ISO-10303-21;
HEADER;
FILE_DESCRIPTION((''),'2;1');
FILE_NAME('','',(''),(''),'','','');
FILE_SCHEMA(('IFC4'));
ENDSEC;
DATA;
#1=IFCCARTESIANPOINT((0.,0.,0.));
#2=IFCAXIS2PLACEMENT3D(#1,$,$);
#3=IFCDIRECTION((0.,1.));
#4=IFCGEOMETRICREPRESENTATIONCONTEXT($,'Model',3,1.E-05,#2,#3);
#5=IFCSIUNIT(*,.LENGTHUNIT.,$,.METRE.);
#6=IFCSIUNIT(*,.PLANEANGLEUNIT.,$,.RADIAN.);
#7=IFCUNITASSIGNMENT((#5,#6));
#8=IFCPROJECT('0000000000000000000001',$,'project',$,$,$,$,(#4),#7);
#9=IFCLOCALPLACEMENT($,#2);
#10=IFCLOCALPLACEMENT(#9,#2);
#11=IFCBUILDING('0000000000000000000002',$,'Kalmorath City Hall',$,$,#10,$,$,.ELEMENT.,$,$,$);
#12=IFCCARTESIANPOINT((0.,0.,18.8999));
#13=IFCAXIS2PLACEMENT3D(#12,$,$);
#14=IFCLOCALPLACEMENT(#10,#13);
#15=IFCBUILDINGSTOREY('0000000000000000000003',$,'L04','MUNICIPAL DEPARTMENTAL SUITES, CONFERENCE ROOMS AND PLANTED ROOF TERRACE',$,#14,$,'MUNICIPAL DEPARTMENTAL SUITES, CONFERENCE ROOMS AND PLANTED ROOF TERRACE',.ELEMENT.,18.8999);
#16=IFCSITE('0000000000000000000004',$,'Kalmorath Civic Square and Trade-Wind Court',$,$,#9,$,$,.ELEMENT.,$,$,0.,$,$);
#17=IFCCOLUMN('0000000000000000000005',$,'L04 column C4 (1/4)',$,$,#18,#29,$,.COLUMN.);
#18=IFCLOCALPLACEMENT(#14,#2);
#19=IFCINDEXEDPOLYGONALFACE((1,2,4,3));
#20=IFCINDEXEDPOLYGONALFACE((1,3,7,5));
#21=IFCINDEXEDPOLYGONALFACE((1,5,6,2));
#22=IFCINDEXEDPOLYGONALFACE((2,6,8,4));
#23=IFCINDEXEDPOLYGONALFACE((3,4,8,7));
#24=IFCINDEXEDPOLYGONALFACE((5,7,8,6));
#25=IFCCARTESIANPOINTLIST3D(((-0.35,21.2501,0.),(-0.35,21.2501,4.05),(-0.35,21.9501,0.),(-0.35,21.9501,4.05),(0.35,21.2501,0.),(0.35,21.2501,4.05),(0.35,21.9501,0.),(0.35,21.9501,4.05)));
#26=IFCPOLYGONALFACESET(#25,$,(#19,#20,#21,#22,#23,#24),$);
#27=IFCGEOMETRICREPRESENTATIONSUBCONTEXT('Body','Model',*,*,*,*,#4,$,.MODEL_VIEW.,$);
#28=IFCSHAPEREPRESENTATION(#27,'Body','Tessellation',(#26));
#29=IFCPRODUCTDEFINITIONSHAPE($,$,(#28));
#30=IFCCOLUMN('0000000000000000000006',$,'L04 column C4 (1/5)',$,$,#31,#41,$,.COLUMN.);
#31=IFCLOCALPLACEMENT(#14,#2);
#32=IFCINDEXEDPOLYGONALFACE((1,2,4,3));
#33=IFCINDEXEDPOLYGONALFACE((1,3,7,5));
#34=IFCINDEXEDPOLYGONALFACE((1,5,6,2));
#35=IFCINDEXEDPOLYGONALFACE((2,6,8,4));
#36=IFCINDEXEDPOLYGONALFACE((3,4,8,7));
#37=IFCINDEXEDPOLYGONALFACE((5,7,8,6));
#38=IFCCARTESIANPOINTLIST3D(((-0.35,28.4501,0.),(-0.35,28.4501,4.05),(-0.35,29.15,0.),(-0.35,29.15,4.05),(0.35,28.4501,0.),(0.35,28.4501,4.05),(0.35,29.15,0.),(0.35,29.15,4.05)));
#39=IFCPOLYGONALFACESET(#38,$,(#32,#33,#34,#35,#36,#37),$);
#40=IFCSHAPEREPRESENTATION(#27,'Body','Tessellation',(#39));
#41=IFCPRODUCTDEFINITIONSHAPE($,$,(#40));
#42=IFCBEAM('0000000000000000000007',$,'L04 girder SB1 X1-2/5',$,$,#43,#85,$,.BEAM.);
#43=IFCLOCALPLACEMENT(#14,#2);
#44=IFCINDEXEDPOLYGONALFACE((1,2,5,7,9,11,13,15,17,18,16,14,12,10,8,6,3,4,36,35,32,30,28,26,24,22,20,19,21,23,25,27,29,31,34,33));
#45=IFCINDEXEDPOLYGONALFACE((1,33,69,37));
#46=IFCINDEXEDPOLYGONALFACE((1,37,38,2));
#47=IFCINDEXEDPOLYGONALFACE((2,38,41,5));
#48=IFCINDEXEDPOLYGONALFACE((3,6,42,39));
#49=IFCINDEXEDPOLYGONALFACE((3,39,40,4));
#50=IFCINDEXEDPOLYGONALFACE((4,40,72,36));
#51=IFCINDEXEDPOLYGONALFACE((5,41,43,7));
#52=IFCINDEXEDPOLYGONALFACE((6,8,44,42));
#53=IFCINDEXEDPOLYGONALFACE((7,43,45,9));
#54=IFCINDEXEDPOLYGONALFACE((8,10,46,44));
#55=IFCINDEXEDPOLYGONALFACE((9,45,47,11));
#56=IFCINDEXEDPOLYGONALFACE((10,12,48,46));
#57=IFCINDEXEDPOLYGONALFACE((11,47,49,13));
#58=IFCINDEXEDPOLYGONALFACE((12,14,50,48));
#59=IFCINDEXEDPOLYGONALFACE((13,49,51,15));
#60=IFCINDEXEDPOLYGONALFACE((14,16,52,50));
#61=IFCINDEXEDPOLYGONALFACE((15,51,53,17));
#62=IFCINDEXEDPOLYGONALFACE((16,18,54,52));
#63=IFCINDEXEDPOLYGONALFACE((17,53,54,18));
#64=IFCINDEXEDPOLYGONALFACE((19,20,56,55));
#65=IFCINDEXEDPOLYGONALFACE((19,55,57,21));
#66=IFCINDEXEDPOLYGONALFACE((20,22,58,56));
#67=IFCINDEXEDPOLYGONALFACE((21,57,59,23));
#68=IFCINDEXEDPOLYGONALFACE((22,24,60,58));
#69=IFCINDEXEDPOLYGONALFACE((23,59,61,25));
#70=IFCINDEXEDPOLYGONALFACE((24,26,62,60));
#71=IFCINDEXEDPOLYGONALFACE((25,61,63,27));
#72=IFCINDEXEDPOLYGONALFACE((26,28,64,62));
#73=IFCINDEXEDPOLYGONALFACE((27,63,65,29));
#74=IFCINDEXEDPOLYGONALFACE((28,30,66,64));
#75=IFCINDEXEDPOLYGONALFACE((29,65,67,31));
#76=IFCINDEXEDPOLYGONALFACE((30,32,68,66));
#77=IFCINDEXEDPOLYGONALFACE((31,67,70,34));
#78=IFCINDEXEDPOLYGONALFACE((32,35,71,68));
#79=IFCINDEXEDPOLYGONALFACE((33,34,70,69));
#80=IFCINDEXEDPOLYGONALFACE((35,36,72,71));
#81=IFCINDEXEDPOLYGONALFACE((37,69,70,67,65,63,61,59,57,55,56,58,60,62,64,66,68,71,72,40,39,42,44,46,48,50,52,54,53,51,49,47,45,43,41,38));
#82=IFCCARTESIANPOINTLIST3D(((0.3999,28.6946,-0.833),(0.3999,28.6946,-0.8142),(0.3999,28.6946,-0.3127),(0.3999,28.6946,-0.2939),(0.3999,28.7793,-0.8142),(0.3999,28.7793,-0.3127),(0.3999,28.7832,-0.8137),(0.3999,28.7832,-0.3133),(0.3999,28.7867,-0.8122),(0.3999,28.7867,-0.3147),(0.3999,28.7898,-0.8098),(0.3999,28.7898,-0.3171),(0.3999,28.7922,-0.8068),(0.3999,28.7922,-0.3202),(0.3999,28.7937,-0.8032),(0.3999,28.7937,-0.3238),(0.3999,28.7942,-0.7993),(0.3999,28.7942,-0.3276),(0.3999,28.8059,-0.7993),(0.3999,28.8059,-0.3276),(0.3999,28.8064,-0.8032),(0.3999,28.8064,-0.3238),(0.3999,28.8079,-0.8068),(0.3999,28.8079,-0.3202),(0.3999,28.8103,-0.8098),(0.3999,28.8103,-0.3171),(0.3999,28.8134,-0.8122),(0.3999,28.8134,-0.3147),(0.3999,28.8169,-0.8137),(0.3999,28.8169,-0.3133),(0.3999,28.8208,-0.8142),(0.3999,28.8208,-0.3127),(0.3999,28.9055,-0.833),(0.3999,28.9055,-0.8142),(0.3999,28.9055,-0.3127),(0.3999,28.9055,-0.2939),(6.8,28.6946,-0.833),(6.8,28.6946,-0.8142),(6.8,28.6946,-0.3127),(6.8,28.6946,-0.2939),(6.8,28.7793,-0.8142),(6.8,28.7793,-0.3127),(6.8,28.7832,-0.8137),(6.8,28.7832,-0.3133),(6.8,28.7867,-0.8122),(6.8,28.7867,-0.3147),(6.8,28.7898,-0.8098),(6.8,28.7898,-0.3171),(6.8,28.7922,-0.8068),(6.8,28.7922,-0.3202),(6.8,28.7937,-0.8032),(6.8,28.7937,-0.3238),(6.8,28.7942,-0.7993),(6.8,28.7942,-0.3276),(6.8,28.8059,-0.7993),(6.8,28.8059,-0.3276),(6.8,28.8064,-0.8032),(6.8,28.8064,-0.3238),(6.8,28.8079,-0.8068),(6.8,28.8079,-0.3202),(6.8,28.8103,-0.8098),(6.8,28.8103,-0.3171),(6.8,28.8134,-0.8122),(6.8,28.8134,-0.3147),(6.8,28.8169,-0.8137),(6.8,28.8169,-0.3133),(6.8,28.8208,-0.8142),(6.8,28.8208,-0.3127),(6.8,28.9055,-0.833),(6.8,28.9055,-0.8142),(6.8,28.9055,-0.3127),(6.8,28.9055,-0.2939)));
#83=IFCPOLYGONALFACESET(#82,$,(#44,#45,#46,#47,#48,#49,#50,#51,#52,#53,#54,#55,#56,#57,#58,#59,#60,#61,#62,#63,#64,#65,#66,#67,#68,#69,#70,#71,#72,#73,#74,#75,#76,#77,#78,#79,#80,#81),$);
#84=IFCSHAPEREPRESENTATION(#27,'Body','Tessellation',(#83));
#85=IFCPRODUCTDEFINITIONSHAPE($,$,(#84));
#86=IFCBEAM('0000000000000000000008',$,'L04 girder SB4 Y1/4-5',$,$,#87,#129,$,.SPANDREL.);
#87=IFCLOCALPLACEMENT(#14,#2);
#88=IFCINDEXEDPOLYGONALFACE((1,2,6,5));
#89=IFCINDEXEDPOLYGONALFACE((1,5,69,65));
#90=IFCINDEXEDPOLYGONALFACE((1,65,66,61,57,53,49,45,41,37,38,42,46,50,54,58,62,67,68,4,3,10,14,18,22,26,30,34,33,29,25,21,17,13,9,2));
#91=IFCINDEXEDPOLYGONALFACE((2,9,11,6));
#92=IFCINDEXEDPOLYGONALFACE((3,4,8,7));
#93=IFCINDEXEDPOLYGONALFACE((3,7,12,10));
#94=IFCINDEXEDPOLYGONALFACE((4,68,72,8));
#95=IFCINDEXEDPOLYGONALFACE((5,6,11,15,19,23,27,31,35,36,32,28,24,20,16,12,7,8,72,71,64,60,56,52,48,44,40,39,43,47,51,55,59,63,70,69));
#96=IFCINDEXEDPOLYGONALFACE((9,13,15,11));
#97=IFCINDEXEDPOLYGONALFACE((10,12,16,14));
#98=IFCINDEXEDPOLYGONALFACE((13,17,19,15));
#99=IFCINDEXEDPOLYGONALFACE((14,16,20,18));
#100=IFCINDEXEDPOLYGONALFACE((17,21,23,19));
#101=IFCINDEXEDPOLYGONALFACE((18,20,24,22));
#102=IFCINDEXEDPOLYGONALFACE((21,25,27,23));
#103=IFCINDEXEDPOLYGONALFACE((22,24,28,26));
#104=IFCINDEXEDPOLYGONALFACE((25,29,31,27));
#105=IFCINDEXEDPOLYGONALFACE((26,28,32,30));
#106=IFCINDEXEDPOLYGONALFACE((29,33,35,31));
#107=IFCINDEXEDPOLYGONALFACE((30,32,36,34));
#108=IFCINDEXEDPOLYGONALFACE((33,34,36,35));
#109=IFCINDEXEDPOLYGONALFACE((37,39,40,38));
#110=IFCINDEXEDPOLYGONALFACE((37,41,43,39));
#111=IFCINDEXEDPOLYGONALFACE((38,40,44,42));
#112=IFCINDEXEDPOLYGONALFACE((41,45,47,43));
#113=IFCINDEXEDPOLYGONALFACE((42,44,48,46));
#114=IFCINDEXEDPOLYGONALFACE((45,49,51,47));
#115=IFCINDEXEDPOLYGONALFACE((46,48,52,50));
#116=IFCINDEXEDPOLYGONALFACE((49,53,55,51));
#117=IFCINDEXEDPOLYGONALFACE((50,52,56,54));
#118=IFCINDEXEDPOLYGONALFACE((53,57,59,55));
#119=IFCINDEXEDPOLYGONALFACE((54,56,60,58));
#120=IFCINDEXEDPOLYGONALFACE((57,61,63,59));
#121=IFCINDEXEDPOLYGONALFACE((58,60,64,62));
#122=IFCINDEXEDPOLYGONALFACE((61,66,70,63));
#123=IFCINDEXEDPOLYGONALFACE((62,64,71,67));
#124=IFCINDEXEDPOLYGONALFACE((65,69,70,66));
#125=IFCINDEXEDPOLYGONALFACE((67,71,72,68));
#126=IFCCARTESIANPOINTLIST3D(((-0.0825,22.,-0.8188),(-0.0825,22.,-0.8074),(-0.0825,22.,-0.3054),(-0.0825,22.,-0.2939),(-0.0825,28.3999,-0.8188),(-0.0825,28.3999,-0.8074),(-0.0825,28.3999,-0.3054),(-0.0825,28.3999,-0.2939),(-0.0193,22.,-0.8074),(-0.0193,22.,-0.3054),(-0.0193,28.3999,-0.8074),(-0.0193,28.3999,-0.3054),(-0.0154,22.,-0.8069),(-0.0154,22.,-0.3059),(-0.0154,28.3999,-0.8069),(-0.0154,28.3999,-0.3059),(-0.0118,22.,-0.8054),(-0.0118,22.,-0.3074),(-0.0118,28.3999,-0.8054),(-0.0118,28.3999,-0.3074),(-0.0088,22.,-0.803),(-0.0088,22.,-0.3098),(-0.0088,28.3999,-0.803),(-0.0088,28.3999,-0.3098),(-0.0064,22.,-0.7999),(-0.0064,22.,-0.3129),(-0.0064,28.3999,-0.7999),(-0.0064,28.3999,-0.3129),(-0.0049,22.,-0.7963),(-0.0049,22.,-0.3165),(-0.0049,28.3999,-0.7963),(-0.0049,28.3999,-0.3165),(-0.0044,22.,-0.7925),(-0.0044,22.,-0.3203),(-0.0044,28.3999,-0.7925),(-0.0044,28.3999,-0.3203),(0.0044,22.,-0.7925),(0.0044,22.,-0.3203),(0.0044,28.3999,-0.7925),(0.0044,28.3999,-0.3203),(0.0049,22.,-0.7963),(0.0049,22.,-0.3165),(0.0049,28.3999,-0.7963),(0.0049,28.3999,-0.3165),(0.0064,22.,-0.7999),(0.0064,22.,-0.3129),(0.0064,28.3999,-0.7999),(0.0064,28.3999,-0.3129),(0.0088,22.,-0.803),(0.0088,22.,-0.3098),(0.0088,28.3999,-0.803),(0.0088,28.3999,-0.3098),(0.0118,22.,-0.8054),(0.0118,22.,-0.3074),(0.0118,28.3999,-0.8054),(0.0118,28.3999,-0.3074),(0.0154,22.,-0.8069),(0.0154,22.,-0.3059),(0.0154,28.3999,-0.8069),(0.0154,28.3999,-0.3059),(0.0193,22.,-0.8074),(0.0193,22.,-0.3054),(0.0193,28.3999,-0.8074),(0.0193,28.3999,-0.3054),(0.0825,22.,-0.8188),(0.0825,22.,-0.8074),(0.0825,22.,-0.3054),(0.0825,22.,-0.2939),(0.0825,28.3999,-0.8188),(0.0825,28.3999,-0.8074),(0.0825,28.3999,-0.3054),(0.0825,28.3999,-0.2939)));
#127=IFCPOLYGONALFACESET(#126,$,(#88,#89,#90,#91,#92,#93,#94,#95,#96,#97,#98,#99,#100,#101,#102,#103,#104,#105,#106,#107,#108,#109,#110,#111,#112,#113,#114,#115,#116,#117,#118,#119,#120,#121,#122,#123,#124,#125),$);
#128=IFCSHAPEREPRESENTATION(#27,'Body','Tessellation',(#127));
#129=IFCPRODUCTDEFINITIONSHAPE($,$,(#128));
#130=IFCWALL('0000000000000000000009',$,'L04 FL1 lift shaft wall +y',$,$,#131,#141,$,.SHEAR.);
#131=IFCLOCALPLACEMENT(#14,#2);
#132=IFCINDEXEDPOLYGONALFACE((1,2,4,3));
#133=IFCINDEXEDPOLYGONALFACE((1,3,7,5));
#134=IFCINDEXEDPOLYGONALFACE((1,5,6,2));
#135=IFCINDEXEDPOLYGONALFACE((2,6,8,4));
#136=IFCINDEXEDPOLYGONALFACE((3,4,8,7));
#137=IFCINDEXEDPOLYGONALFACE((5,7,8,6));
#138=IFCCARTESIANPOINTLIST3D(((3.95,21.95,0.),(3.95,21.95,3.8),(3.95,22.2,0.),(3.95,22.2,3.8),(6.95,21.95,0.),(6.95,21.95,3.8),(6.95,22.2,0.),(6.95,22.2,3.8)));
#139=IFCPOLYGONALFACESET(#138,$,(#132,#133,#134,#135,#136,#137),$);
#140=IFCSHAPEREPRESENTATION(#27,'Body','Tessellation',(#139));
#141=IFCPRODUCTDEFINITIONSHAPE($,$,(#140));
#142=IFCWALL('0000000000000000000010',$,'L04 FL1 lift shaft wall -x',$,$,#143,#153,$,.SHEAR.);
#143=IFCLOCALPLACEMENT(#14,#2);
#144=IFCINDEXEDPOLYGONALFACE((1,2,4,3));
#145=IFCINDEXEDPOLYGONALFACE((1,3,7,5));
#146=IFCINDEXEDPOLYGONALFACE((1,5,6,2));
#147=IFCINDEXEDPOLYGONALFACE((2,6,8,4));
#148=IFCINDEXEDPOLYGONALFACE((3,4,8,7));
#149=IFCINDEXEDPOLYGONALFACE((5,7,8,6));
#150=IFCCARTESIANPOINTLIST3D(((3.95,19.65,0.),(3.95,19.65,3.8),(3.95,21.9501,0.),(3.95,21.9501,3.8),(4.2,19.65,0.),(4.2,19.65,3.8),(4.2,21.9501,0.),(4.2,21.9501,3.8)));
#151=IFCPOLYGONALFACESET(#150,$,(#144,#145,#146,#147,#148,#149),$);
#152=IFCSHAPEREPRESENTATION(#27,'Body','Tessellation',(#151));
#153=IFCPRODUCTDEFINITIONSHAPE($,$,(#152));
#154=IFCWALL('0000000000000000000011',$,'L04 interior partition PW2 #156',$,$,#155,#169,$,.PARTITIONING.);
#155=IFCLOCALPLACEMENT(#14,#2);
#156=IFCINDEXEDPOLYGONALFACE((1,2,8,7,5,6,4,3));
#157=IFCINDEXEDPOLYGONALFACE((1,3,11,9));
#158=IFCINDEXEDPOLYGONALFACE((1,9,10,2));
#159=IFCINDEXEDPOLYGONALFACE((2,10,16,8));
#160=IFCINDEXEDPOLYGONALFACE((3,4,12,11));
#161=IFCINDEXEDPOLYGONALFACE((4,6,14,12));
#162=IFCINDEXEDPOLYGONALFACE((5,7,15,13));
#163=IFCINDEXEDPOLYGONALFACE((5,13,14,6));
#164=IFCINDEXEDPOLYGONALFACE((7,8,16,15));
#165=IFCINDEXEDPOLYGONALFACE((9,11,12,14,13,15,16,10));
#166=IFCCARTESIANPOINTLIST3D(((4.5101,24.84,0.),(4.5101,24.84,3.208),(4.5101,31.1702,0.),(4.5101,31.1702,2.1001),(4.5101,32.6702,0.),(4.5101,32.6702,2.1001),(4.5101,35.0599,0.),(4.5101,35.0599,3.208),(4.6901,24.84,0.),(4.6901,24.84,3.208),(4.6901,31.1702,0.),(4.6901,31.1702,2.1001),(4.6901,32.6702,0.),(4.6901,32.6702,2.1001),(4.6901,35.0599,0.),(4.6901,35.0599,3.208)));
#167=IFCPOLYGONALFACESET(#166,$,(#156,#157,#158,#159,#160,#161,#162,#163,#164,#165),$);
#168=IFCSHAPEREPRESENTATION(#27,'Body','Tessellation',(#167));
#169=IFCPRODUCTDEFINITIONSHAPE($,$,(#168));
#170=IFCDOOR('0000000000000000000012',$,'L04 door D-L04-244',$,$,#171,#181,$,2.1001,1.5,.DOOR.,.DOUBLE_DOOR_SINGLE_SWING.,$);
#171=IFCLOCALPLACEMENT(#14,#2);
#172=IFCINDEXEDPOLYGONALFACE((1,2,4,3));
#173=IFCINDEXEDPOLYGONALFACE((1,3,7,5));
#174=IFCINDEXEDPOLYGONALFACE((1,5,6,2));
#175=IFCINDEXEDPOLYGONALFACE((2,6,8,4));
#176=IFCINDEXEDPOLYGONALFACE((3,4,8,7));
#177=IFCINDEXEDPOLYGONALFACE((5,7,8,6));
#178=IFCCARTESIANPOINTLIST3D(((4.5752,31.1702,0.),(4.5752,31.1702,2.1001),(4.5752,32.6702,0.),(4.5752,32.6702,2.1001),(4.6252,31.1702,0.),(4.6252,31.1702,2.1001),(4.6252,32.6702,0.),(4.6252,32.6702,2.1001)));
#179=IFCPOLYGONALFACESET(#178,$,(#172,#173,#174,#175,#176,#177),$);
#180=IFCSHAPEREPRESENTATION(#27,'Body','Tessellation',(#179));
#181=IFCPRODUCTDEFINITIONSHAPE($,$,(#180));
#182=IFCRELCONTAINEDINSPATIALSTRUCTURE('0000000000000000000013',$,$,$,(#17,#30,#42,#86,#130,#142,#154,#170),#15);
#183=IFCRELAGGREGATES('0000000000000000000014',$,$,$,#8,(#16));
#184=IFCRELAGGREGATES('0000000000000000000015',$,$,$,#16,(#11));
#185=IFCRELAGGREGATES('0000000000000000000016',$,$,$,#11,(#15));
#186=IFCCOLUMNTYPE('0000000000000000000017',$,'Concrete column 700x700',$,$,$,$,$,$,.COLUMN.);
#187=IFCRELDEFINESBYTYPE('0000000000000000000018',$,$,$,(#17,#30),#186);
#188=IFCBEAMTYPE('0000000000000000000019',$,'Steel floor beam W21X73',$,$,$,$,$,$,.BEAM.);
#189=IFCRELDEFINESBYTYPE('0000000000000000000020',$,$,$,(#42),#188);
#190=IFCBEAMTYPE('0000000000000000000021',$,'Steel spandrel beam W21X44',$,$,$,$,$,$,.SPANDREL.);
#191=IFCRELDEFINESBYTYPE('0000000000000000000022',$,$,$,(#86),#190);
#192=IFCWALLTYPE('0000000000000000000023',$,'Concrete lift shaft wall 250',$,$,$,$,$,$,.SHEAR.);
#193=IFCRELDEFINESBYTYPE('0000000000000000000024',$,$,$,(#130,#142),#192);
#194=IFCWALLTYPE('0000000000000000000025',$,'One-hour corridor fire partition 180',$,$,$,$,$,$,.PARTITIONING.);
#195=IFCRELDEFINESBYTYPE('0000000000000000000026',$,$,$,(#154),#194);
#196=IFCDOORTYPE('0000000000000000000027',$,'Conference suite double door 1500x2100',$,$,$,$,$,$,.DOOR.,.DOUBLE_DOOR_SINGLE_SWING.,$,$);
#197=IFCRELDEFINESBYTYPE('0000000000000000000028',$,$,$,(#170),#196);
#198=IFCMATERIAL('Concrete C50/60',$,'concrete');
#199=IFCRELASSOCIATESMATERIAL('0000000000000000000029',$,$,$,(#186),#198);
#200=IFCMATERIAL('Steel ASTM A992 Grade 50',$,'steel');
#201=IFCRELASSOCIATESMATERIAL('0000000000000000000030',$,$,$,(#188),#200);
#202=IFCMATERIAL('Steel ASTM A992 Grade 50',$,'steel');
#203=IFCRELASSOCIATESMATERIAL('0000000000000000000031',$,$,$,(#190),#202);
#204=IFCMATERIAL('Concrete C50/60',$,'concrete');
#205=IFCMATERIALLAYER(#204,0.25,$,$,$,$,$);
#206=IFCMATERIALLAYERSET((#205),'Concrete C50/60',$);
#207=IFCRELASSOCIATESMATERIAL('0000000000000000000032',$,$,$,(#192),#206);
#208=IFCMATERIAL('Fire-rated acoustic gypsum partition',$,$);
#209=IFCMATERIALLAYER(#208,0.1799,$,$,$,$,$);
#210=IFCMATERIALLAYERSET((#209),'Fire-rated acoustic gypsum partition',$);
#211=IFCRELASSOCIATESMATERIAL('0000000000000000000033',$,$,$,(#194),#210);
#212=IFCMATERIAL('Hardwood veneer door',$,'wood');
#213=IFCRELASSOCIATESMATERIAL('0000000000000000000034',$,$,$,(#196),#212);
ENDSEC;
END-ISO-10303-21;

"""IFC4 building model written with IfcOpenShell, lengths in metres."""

from ifc_helpers import new_model, si_unit, direction, frame, frame_2d, origin, origin_2d, place, context, subcontext, project, spatial, rectangle, i_section, extrude, material, layer, layer_set, material_profile, profile_set, type_object, element, fill, save


model = new_model("IFC4")

# Units and contexts
model_context = context("Model", 3, precision=1e-05, world=origin(), true_north=direction((0.0, 1.0)))
body_context = subcontext(model_context, "Body", "Model", "MODEL_VIEW")
ifc_project = project(units=[si_unit("LENGTHUNIT", "METRE"), si_unit("PLANEANGLEUNIT", "RADIAN")], contexts=[model_context])

# Site, building, storey
site_placement = place(None, origin())
site = spatial("IfcSite", under=ifc_project, at=site_placement, Name="Kalmorath Civic Square and Trade-Wind Court", CompositionType="ELEMENT", RefElevation=0.0)
building_placement = place(site_placement, origin())
building = spatial("IfcBuilding", under=site, at=building_placement, Name="Kalmorath City Hall", CompositionType="ELEMENT")
storey_placement = place(building_placement, frame((0.0, 0.0, 18.8999)))
storey = spatial("IfcBuildingStorey", under=building, at=storey_placement, Name="L04", Description="MUNICIPAL DEPARTMENTAL SUITES, CONFERENCE ROOMS AND PLANTED ROOF TERRACE", LongName="MUNICIPAL DEPARTMENTAL SUITES, CONFERENCE ROOMS AND PLANTED ROOF TERRACE", CompositionType="ELEMENT", Elevation=18.8999)

# Columns
ifc_material_1 = material(Name="Concrete C50/60", Category="concrete")
ifc_material_profile_1 = material_profile(ifc_material_1, rectangle(XDim=0.7, YDim=0.7, at=origin_2d()), Name="RC-COL-700X700")
ifc_profile_set_1 = profile_set([ifc_material_profile_1], Name="Concrete C50/60")
column_type = type_object("IfcColumnType", Name="Concrete column 700x700", PredefinedType="COLUMN", material=ifc_profile_set_1)
for number, where, z_axis, x_axis, name in (
    (1, (0.0, 21.6001, 0.0), (0.0, 0.0, 1.0), (1.0, 0.0, 0.0), "L04 column C4 (1/4)"),
    (2, (0.0, 28.8, 0.0), (0.0, 0.0, 1.0), (1.0, 0.0, 0.0), "L04 column C4 (1/5)"),
):
    element("IfcColumn", number, at=place(storey_placement, frame(where, z_axis=z_axis, x_axis=x_axis)), inside=storey, type_object=column_type, Name=name, PredefinedType="COLUMN", context=body_context, shape_type="SweptSolid", body=[
        extrude(rectangle(XDim=0.7, YDim=0.7, at=origin_2d()), origin(), (0.0, 0.0, 1.0), 4.05),
    ])

# Beams
ifc_material_2 = material(Name="Steel ASTM A992 Grade 50", Category="steel")
ifc_material_profile_2 = material_profile(ifc_material_2, i_section(OverallWidth=0.2109, OverallDepth=0.5391, WebThickness=0.0117, FlangeThickness=0.0188, FilletRadius=0.0149, at=origin_2d()), Name="W21X73")
ifc_profile_set_2 = profile_set([ifc_material_profile_2], Name="Steel ASTM A992 Grade 50")
beam_type_1 = type_object("IfcBeamType", Name="Steel floor beam W21X73", PredefinedType="BEAM", material=ifc_profile_set_2)
beam_1_placement = place(storey_placement, frame((0.3999, 28.8, -0.5635), z_axis=(1.0, 0.0, 0.0), x_axis=(0.0, 1.0, 0.0)))
element("IfcBeam", 3, at=beam_1_placement, inside=storey, type_object=beam_type_1, Name="L04 girder SB1 X1-2/5", PredefinedType="BEAM", context=body_context, shape_type="SweptSolid", body=[
    extrude(i_section(OverallWidth=0.2109, OverallDepth=0.5391, WebThickness=0.0117, FlangeThickness=0.0188, FilletRadius=0.0149, at=origin_2d()), origin(), (0.0, 0.0, 1.0), 6.4001),
])
ifc_material_3 = material(Name="Steel ASTM A992 Grade 50", Category="steel")
ifc_material_profile_3 = material_profile(ifc_material_3, i_section(OverallWidth=0.165, OverallDepth=0.5249, WebThickness=0.0088, FlangeThickness=0.0115, FilletRadius=0.0149, at=origin_2d()), Name="W21X44")
ifc_profile_set_3 = profile_set([ifc_material_profile_3], Name="Steel ASTM A992 Grade 50")
beam_type_2 = type_object("IfcBeamType", Name="Steel spandrel beam W21X44", PredefinedType="SPANDREL", material=ifc_profile_set_3)
beam_2_placement = place(storey_placement, frame((0.0, 22.0, -0.5564), z_axis=(0.0, 1.0, 0.0), x_axis=(-1.0, 0.0, 0.0)))
element("IfcBeam", 4, at=beam_2_placement, inside=storey, type_object=beam_type_2, Name="L04 girder SB4 Y1/4-5", PredefinedType="SPANDREL", context=body_context, shape_type="SweptSolid", body=[
    extrude(i_section(OverallWidth=0.165, OverallDepth=0.5249, WebThickness=0.0088, FlangeThickness=0.0115, FilletRadius=0.0149, at=origin_2d()), origin(), (0.0, 0.0, 1.0), 6.3999),
])

# Walls
ifc_material_4 = material(Name="Concrete C50/60", Category="concrete")
ifc_layer_1 = layer(ifc_material_4, 0.25)
ifc_layer_set_1 = layer_set([ifc_layer_1], Name="Concrete C50/60")
wall_type_1 = type_object("IfcWallType", Name="Concrete lift shaft wall 250", PredefinedType="SHEAR", material=ifc_layer_set_1)
wall_1_placement = place(storey_placement, frame((6.95, 22.075, 0.0), z_axis=(0.0, 0.0, 1.0), x_axis=(-1.0, 0.0, 0.0)))
element("IfcWall", 5, at=wall_1_placement, inside=storey, type_object=wall_type_1, Name="L04 FL1 lift shaft wall +y", PredefinedType="SHEAR", context=body_context, shape_type="SweptSolid", body=[
    extrude(rectangle(XDim=3.0, YDim=0.25, at=frame_2d((1.5, 0.0))), origin(), (0.0, 0.0, 1.0), 3.8),
])
wall_2_placement = place(storey_placement, frame((4.075, 21.95, 0.0), z_axis=(0.0, 0.0, 1.0), x_axis=(0.0, -1.0, 0.0)))
element("IfcWall", 6, at=wall_2_placement, inside=storey, type_object=wall_type_1, Name="L04 FL1 lift shaft wall -x", PredefinedType="SHEAR", context=body_context, shape_type="SweptSolid", body=[
    extrude(rectangle(XDim=2.3, YDim=0.25, at=frame_2d((1.1499, 0.0))), origin(), (0.0, 0.0, 1.0), 3.8),
])

# Wall, opening, door
ifc_material_5 = material(Name="Fire-rated acoustic gypsum partition")
ifc_layer_2 = layer(ifc_material_5, 0.1799)
ifc_layer_set_2 = layer_set([ifc_layer_2], Name="Fire-rated acoustic gypsum partition")
wall_type_2 = type_object("IfcWallType", Name="One-hour corridor fire partition 180", PredefinedType="PARTITIONING", material=ifc_layer_set_2)
wall_3_placement = place(storey_placement, frame((4.6001, 24.8401, 0.0), z_axis=(0.0, 0.0, 1.0), x_axis=(0.0, 1.0, 0.0)))
wall_3 = element("IfcWall", 7, at=wall_3_placement, inside=storey, type_object=wall_type_2, Name="L04 interior partition PW2 #156", PredefinedType="PARTITIONING", context=body_context, shape_type="SweptSolid", body=[
    extrude(rectangle(XDim=10.22, YDim=0.1799, at=frame_2d((5.1099, 0.0))), origin(), (0.0, 0.0, 1.0), 3.208),
])
opening_1_placement = place(wall_3_placement, frame((6.3301, 0.0, 0.0)))
opening_1 = element("IfcOpeningElement", 8, at=opening_1_placement, cuts=wall_3, PredefinedType="OPENING", context=body_context, shape_type="SweptSolid", body=[
    extrude(rectangle(XDim=1.5, YDim=2.1001, at=frame_2d((0.75, 1.05))), frame((0.0, 0.0999, 0.0), z_axis=(0.0, -1.0, 0.0), x_axis=(1.0, 0.0, 0.0)), (0.0, 0.0, 1.0), 0.2),
])
ifc_material_6 = material(Name="Hardwood veneer door", Category="wood")
door_type = type_object("IfcDoorType", Name="Conference suite double door 1500x2100", OperationType="DOUBLE_DOOR_SINGLE_SWING", PredefinedType="DOOR", material=ifc_material_6)
door_1_placement = place(opening_1_placement, origin())
door_1 = element("IfcDoor", 9, at=door_1_placement, inside=storey, type_object=door_type, Name="L04 door D-L04-244", OperationType="DOUBLE_DOOR_SINGLE_SWING", OverallHeight=2.1001, OverallWidth=1.5, PredefinedType="DOOR", context=body_context, shape_type="SweptSolid", body=[
    extrude(rectangle(XDim=1.5, YDim=2.1001, at=frame_2d((0.75, 1.05))), frame((0.0, 0.0249, 0.0), z_axis=(0.0, -1.0, 0.0), x_axis=(1.0, 0.0, 0.0)), (0.0, 0.0, 1.0), 0.05),
])
fill(opening_1, door_1)

save(model, "model.ifc")
